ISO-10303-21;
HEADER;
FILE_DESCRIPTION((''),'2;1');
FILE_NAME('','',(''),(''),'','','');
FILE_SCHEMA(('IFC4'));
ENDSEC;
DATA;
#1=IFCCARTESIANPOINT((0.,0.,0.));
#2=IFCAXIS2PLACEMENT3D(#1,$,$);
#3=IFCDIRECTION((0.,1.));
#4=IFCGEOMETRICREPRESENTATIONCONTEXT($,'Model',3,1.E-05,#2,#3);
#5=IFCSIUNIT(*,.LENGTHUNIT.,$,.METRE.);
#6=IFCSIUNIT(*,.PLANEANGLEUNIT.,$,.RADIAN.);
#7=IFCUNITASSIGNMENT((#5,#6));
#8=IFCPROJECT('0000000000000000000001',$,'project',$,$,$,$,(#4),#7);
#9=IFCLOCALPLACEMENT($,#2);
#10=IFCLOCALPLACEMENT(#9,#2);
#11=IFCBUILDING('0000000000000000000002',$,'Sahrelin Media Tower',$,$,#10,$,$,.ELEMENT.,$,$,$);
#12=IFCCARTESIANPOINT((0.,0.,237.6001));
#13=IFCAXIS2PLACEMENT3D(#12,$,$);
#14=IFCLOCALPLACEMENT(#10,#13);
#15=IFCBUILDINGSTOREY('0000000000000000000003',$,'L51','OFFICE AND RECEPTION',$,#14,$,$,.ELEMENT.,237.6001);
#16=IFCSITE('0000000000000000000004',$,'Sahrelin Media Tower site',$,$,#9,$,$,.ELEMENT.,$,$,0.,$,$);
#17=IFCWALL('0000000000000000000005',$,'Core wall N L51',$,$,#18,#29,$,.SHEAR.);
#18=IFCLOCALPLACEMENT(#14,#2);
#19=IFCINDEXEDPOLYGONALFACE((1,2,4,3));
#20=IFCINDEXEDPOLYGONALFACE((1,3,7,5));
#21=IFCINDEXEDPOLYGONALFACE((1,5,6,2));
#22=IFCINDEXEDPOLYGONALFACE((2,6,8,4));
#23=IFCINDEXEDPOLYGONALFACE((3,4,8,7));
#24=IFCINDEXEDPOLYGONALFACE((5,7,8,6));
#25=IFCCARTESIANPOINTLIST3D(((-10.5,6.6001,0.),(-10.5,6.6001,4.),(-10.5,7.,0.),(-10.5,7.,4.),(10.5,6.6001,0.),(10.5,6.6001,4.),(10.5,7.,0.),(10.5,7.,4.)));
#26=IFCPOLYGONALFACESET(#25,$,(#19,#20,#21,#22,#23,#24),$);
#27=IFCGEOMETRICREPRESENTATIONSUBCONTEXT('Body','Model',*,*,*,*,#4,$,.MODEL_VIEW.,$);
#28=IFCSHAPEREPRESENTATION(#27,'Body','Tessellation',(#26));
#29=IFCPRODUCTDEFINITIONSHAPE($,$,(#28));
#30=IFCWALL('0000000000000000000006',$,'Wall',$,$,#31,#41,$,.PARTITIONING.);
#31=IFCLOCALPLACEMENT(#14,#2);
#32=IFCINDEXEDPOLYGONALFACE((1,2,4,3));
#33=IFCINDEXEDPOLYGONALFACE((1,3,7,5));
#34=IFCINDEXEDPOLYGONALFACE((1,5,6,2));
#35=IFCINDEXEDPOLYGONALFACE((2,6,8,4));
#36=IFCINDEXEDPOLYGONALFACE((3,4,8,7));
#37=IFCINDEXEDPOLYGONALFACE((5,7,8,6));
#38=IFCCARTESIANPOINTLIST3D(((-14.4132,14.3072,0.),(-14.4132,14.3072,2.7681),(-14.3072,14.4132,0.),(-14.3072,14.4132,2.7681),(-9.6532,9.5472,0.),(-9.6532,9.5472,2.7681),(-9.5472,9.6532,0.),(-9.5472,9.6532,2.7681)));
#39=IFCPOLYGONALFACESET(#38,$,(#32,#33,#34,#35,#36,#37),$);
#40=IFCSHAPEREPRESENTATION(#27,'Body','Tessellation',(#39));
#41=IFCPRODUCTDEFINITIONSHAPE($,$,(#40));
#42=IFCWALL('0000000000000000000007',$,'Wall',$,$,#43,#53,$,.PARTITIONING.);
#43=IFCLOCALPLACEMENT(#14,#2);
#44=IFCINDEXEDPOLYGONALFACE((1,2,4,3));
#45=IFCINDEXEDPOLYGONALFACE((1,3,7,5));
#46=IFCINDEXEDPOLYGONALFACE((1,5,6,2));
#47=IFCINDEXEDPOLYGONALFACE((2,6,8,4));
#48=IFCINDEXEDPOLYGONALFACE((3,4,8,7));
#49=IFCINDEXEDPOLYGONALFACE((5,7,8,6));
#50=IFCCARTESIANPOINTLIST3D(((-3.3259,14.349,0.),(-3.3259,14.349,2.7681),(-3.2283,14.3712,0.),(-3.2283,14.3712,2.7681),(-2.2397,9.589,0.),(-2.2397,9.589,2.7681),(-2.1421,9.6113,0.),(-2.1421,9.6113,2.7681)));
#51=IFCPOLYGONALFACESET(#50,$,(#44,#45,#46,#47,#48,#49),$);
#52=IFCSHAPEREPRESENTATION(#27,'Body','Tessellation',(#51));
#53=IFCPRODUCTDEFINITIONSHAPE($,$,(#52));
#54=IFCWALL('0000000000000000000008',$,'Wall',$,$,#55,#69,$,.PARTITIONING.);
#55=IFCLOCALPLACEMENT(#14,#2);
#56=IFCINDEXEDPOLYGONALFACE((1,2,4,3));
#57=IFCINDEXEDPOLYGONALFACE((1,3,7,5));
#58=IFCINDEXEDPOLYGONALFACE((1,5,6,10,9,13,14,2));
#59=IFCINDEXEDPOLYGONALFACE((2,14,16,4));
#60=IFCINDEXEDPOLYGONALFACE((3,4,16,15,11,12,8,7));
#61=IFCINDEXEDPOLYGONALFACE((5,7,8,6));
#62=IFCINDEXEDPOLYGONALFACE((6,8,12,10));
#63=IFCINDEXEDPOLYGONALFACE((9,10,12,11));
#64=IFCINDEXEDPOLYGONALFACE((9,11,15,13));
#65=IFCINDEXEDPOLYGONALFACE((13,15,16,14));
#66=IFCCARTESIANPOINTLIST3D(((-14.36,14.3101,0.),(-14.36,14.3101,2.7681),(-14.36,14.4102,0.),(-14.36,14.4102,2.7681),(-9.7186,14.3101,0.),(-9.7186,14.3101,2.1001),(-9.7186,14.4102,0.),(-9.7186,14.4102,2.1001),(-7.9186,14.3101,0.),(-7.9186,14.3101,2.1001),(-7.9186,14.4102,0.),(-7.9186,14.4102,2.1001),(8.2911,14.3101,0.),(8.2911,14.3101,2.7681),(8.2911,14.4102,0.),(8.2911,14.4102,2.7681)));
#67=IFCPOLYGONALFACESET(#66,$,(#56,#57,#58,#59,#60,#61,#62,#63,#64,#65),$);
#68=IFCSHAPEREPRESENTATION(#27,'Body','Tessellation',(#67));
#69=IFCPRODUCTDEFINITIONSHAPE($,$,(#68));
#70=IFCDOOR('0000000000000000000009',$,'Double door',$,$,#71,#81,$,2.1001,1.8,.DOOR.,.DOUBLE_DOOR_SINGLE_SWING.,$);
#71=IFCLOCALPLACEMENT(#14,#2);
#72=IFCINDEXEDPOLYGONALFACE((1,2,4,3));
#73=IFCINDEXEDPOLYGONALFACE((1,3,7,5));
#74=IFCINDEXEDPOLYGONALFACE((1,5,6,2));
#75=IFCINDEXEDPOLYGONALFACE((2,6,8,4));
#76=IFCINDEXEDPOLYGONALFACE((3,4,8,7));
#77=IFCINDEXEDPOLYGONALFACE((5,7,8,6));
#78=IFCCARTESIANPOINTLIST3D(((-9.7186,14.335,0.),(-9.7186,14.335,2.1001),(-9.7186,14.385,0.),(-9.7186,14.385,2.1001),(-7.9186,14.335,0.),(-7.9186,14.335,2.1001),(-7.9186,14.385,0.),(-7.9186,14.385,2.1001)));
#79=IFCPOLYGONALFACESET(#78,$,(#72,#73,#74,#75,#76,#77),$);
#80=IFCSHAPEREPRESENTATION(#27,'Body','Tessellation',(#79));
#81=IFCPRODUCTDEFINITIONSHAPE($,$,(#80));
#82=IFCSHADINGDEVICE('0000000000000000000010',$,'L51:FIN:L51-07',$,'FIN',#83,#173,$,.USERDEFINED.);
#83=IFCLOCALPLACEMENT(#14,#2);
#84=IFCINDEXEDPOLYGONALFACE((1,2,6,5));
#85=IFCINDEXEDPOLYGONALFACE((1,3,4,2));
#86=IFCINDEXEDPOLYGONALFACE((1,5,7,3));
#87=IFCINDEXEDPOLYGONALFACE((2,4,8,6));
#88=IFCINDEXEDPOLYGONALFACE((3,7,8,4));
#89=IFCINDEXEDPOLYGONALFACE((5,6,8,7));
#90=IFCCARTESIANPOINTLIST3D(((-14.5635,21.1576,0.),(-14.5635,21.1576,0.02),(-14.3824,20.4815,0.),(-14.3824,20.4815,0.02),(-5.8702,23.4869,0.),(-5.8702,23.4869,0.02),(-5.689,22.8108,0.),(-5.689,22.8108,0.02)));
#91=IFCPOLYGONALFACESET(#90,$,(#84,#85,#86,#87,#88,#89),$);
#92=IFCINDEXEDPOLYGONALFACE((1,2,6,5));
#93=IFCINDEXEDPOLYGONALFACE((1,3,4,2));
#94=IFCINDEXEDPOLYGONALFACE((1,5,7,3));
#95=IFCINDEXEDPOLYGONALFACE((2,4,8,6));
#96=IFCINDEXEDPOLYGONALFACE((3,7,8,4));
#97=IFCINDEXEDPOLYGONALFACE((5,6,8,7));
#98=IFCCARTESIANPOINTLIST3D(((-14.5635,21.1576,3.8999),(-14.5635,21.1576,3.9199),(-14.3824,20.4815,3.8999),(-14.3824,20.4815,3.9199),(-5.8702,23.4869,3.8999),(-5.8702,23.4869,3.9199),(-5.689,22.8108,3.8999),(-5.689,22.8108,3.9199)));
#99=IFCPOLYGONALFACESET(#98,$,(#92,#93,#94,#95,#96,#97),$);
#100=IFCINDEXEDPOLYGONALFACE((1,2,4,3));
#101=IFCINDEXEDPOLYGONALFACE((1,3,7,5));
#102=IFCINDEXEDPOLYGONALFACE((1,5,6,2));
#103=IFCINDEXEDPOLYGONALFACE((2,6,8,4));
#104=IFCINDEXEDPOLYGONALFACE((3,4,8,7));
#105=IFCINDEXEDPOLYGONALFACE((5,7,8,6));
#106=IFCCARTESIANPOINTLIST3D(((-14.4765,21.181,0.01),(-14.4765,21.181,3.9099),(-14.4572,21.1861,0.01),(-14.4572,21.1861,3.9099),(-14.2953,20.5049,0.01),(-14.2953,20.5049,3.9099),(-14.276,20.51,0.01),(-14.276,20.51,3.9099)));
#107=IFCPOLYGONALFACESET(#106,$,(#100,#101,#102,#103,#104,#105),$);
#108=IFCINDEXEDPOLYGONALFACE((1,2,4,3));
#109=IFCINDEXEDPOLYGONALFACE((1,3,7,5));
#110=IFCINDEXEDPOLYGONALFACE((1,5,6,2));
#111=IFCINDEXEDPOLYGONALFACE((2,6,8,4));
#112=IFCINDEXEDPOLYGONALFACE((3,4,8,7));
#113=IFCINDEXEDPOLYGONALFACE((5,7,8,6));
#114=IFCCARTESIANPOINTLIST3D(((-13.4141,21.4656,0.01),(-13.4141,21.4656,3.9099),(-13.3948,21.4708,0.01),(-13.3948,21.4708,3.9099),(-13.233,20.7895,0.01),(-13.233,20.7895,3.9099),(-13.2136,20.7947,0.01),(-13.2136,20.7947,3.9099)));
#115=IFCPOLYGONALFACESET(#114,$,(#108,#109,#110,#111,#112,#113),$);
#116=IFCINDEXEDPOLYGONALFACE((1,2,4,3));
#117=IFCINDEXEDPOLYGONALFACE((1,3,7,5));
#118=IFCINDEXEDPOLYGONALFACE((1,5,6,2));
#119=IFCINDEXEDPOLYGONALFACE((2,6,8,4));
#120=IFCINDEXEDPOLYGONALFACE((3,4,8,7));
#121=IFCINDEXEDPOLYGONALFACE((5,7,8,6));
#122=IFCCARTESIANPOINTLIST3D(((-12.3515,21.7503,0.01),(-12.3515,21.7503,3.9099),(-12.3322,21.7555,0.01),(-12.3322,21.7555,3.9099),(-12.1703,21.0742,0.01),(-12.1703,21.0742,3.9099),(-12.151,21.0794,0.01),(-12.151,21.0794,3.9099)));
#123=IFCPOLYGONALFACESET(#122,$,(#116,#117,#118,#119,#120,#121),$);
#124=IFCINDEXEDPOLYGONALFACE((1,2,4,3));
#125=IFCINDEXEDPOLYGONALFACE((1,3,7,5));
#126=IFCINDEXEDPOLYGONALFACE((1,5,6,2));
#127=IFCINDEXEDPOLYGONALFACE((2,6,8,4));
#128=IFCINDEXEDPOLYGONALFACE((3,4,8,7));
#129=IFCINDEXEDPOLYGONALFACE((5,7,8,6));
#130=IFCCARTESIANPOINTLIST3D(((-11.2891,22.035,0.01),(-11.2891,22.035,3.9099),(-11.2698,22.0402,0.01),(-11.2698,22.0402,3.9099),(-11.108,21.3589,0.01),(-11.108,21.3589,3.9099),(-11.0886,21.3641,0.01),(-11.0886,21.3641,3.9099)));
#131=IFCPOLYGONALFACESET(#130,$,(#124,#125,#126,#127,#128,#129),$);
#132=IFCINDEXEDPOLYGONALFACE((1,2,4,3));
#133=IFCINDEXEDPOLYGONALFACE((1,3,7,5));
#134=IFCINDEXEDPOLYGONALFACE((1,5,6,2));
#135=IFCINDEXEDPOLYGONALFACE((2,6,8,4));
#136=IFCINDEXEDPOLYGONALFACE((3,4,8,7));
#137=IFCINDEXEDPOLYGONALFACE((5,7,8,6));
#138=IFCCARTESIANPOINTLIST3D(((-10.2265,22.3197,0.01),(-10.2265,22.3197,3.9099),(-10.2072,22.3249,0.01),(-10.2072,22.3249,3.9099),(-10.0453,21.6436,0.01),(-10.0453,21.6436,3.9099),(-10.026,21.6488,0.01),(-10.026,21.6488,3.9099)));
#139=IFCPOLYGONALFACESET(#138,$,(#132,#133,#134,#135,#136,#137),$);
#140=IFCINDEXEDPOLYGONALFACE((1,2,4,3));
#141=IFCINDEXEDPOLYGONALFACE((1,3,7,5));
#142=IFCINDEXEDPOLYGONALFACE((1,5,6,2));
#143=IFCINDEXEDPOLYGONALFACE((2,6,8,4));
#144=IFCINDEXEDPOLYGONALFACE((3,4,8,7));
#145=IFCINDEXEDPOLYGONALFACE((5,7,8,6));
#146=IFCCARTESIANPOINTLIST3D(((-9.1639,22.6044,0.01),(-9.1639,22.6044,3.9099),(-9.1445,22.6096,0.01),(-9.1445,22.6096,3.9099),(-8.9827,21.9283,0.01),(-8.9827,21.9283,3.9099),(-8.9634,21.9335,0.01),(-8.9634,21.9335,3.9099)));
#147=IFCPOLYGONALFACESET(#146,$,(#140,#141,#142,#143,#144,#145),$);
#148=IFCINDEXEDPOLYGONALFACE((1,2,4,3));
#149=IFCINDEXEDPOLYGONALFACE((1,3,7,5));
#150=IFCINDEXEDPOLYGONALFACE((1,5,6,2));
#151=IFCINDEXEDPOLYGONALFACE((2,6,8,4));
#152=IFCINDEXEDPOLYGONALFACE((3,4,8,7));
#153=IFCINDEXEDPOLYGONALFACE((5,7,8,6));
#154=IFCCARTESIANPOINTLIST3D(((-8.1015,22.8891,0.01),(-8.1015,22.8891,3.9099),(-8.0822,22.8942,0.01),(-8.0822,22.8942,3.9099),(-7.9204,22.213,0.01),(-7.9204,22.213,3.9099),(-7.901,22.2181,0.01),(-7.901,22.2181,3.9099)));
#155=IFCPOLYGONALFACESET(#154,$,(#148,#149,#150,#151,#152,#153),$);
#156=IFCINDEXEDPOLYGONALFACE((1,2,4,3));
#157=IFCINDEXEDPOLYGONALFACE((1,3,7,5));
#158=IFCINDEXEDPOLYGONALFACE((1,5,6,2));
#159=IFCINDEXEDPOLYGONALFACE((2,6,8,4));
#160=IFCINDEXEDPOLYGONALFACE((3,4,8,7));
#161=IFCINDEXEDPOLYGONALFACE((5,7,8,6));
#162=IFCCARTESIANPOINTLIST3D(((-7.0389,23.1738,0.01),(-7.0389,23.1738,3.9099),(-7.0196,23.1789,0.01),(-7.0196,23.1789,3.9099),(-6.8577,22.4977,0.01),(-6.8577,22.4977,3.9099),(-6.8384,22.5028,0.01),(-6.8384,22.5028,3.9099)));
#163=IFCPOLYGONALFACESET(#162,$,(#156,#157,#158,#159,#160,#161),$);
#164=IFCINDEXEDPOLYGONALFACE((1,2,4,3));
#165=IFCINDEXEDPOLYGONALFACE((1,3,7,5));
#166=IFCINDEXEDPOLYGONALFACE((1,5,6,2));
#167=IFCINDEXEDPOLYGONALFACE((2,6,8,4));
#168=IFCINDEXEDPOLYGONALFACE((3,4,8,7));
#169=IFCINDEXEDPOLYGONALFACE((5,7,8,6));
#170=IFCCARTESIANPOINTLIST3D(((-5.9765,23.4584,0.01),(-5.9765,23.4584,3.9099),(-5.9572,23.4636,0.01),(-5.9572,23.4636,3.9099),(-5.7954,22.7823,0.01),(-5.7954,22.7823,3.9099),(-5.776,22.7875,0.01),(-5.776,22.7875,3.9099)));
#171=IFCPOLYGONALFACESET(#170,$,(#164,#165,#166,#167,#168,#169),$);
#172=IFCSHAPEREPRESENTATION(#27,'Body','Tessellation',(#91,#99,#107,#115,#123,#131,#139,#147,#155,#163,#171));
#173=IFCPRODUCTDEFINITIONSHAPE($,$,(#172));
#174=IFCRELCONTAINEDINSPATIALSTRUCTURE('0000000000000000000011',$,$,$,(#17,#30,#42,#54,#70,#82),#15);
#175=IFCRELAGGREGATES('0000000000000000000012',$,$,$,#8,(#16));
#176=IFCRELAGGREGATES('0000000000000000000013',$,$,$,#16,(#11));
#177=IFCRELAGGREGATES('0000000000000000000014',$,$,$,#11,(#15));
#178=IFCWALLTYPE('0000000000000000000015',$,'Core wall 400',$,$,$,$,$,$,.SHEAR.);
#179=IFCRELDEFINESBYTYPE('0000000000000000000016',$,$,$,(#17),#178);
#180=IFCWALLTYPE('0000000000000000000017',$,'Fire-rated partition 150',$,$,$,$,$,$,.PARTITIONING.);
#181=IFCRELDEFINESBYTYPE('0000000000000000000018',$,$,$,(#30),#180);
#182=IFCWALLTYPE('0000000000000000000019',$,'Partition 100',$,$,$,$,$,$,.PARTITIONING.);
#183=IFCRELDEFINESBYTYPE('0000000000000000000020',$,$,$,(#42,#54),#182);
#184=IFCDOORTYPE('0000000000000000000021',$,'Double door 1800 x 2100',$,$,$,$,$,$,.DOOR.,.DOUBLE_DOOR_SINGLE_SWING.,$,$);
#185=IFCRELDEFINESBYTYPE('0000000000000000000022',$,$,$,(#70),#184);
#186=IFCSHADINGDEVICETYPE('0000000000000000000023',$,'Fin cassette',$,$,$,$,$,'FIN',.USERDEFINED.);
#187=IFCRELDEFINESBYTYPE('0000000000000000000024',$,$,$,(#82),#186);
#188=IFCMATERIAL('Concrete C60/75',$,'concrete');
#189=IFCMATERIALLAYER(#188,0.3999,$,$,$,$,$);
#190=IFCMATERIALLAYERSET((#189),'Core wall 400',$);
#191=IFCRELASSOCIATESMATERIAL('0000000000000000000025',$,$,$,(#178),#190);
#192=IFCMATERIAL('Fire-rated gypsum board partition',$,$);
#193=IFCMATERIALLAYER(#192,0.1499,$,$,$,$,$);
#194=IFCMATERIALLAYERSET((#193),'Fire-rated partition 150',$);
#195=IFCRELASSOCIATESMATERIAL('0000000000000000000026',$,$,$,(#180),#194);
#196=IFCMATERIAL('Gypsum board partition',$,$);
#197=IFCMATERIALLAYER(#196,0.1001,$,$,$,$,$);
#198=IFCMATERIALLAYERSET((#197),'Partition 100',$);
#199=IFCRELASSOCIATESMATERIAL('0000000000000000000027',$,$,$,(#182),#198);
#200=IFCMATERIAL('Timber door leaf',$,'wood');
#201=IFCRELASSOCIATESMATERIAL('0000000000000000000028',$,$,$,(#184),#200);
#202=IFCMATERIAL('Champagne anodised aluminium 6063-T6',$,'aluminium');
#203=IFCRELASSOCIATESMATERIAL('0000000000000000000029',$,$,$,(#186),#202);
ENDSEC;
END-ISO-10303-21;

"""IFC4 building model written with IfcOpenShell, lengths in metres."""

from ifc_helpers import new_model, si_unit, direction, frame, frame_2d, origin, origin_2d, place, context, subcontext, project, spatial, rectangle, extrude, material, layer, layer_set, type_object, element, fill, save


model = new_model("IFC4")

# Units and contexts
model_context = context("Model", 3, precision=1e-05, world=origin(), true_north=direction((0.0, 1.0)))
body_context = subcontext(model_context, "Body", "Model", "MODEL_VIEW")
ifc_project = project(units=[si_unit("LENGTHUNIT", "METRE"), si_unit("PLANEANGLEUNIT", "RADIAN")], contexts=[model_context])

# Site, building, storey
site_placement = place(None, origin())
site = spatial("IfcSite", under=ifc_project, at=site_placement, Name="Sahrelin Media Tower site", CompositionType="ELEMENT", RefElevation=0.0)
building_placement = place(site_placement, origin())
building = spatial("IfcBuilding", under=site, at=building_placement, Name="Sahrelin Media Tower", CompositionType="ELEMENT")
storey_placement = place(building_placement, frame((0.0, 0.0, 237.6001)))
storey = spatial("IfcBuildingStorey", under=building, at=storey_placement, Name="L51", Description="OFFICE AND RECEPTION", CompositionType="ELEMENT", Elevation=237.6001)

# Shared definitions
ifc_material_1 = material(Name="Champagne anodised aluminium 6063-T6", Category="aluminium")

# Walls
ifc_material_2 = material(Name="Concrete C60/75", Category="concrete")
ifc_layer_1 = layer(ifc_material_2, 0.3999)
ifc_layer_set_1 = layer_set([ifc_layer_1], Name="Core wall 400")
wall_type_1 = type_object("IfcWallType", Name="Core wall 400", PredefinedType="SHEAR", material=ifc_layer_set_1)
wall_1_placement = place(storey_placement, frame((-10.5, 6.8, 0.0), z_axis=(0.0, 0.0, 1.0), x_axis=(1.0, 0.0, 0.0)))
element("IfcWall", 1, at=wall_1_placement, inside=storey, type_object=wall_type_1, Name="Core wall N L51", PredefinedType="SHEAR", context=body_context, shape_type="SweptSolid", body=[
    extrude(rectangle(XDim=21.0, YDim=0.3999, at=frame_2d((10.5, 0.0))), origin(), (0.0, 0.0, 1.0), 4.0),
])
ifc_material_3 = material(Name="Fire-rated gypsum board partition")
ifc_layer_2 = layer(ifc_material_3, 0.1499)
ifc_layer_set_2 = layer_set([ifc_layer_2], Name="Fire-rated partition 150")
wall_type_2 = type_object("IfcWallType", Name="Fire-rated partition 150", PredefinedType="PARTITIONING", material=ifc_layer_set_2)
wall_2_placement = place(storey_placement, frame((-14.3601, 14.3601, 0.0), z_axis=(0.0, 0.0, 1.0), x_axis=(0.707107, -0.707107, 0.0)))
element("IfcWall", 2, at=wall_2_placement, inside=storey, type_object=wall_type_2, Name="Wall", PredefinedType="PARTITIONING", context=body_context, shape_type="SweptSolid", body=[
    extrude(rectangle(XDim=6.7317, YDim=0.1499, at=frame_2d((3.3657, 0.0))), origin(), (0.0, 0.0, 1.0), 2.7681),
])
ifc_material_4 = material(Name="Gypsum board partition")
ifc_layer_3 = layer(ifc_material_4, 0.1001)
ifc_layer_set_3 = layer_set([ifc_layer_3], Name="Partition 100")
wall_type_3 = type_object("IfcWallType", Name="Partition 100", PredefinedType="PARTITIONING", material=ifc_layer_set_3)
wall_3_placement = place(storey_placement, frame((-3.2771, 14.3601, 0.0), z_axis=(0.0, 0.0, 1.0), x_axis=(0.22247, -0.974939, 0.0)))
element("IfcWall", 3, at=wall_3_placement, inside=storey, type_object=wall_type_3, Name="Wall", PredefinedType="PARTITIONING", context=body_context, shape_type="SweptSolid", body=[
    extrude(rectangle(XDim=4.8823, YDim=0.1001, at=frame_2d((2.4412, 0.0))), origin(), (0.0, 0.0, 1.0), 2.7681),
])

# Wall, opening, door
wall_4_placement = place(storey_placement, frame((-14.3601, 14.3601, 0.0), z_axis=(0.0, 0.0, 1.0), x_axis=(1.0, 0.0, 0.0)))
wall_4 = element("IfcWall", 4, at=wall_4_placement, inside=storey, type_object=wall_type_3, Name="Wall", PredefinedType="PARTITIONING", context=body_context, shape_type="SweptSolid", body=[
    extrude(rectangle(XDim=22.6511, YDim=0.1001, at=frame_2d((11.3257, 0.0))), origin(), (0.0, 0.0, 1.0), 2.7681),
])
opening_placement = place(wall_4_placement, frame((4.6416, 0.0, 0.0)))
opening = element("IfcOpeningElement", 5, at=opening_placement, cuts=wall_4, PredefinedType="OPENING", context=body_context, shape_type="SweptSolid", body=[
    extrude(rectangle(XDim=1.8, YDim=2.1001, at=frame_2d((0.8999, 1.05))), frame((0.0, 0.05, 0.0), z_axis=(0.0, -1.0, 0.0), x_axis=(1.0, 0.0, 0.0)), (0.0, 0.0, 1.0), 0.1001),
])
ifc_material_5 = material(Name="Timber door leaf", Category="wood")
door_type = type_object("IfcDoorType", Name="Double door 1800 x 2100", OperationType="DOUBLE_DOOR_SINGLE_SWING", PredefinedType="DOOR", material=ifc_material_5)
door_placement = place(opening_placement, origin())
door = element("IfcDoor", 6, at=door_placement, inside=storey, type_object=door_type, Name="Double door", OperationType="DOUBLE_DOOR_SINGLE_SWING", OverallHeight=2.1001, OverallWidth=1.8, PredefinedType="DOOR", context=body_context, shape_type="SweptSolid", body=[
    extrude(rectangle(XDim=1.8, YDim=2.1001, at=frame_2d((0.8999, 1.05))), frame((0.0, 0.0249, 0.0), z_axis=(0.0, -1.0, 0.0), x_axis=(1.0, 0.0, 0.0)), (0.0, 0.0, 1.0), 0.05),
])
fill(opening, door)

# Shading device
shading_device_type_1 = type_object("IfcShadingDeviceType", Name="Fin cassette", ElementType="FIN", PredefinedType="USERDEFINED", material=ifc_material_1)
placement = place(storey_placement, frame((-10.0176, 21.5786, 0.0), z_axis=(0.0, 0.0, 1.0), x_axis=(0.965929, 0.258808, 0.0)))
element("IfcShadingDevice", 7, at=placement, inside=storey, type_object=shading_device_type_1, Name="L51:FIN:L51-07", ObjectType="FIN", PredefinedType="USERDEFINED", context=body_context, shape_type="SweptSolid", body=[
    extrude(rectangle(XDim=9.0, YDim=0.7, at=origin_2d()), frame((0.0, 0.4199, 0.0)), (0.0, 0.0, 1.0), 0.02),
    extrude(rectangle(XDim=9.0, YDim=0.7, at=origin_2d()), frame((0.0, 0.4199, 3.8999)), (0.0, 0.0, 1.0), 0.02),
    extrude(rectangle(XDim=0.02, YDim=0.7, at=origin_2d()), frame((-4.3999, 0.4199, 0.01), z_axis=(0.0, 0.0, 1.0), x_axis=(1.0, 0.0, 0.0)), (0.0, 0.0, 1.0), 3.8999),
    extrude(rectangle(XDim=0.02, YDim=0.7, at=origin_2d()), frame((-3.3, 0.4199, 0.01), z_axis=(0.0, 0.0, 1.0), x_axis=(1.0, 0.0, 0.0)), (0.0, 0.0, 1.0), 3.8999),
    extrude(rectangle(XDim=0.02, YDim=0.7, at=origin_2d()), frame((-2.2, 0.4199, 0.01), z_axis=(0.0, 0.0, 1.0), x_axis=(1.0, 0.0, 0.0)), (0.0, 0.0, 1.0), 3.8999),
    extrude(rectangle(XDim=0.02, YDim=0.7, at=origin_2d()), frame((-1.1001, 0.4199, 0.01), z_axis=(0.0, 0.0, 1.0), x_axis=(1.0, 0.0, 0.0)), (0.0, 0.0, 1.0), 3.8999),
    extrude(rectangle(XDim=0.02, YDim=0.7, at=origin_2d()), frame((0.0, 0.4199, 0.01), z_axis=(0.0, 0.0, 1.0), x_axis=(1.0, 0.0, 0.0)), (0.0, 0.0, 1.0), 3.8999),
    extrude(rectangle(XDim=0.02, YDim=0.7, at=origin_2d()), frame((1.1001, 0.4199, 0.01), z_axis=(0.0, 0.0, 1.0), x_axis=(1.0, 0.0, 0.0)), (0.0, 0.0, 1.0), 3.8999),
    extrude(rectangle(XDim=0.02, YDim=0.7, at=origin_2d()), frame((2.2, 0.4199, 0.01), z_axis=(0.0, 0.0, 1.0), x_axis=(1.0, 0.0, 0.0)), (0.0, 0.0, 1.0), 3.8999),
    extrude(rectangle(XDim=0.02, YDim=0.7, at=origin_2d()), frame((3.3, 0.4199, 0.01), z_axis=(0.0, 0.0, 1.0), x_axis=(1.0, 0.0, 0.0)), (0.0, 0.0, 1.0), 3.8999),
    extrude(rectangle(XDim=0.02, YDim=0.7, at=origin_2d()), frame((4.3999, 0.4199, 0.01), z_axis=(0.0, 0.0, 1.0), x_axis=(1.0, 0.0, 0.0)), (0.0, 0.0, 1.0), 3.8999),
])

save(model, "model.ifc")
